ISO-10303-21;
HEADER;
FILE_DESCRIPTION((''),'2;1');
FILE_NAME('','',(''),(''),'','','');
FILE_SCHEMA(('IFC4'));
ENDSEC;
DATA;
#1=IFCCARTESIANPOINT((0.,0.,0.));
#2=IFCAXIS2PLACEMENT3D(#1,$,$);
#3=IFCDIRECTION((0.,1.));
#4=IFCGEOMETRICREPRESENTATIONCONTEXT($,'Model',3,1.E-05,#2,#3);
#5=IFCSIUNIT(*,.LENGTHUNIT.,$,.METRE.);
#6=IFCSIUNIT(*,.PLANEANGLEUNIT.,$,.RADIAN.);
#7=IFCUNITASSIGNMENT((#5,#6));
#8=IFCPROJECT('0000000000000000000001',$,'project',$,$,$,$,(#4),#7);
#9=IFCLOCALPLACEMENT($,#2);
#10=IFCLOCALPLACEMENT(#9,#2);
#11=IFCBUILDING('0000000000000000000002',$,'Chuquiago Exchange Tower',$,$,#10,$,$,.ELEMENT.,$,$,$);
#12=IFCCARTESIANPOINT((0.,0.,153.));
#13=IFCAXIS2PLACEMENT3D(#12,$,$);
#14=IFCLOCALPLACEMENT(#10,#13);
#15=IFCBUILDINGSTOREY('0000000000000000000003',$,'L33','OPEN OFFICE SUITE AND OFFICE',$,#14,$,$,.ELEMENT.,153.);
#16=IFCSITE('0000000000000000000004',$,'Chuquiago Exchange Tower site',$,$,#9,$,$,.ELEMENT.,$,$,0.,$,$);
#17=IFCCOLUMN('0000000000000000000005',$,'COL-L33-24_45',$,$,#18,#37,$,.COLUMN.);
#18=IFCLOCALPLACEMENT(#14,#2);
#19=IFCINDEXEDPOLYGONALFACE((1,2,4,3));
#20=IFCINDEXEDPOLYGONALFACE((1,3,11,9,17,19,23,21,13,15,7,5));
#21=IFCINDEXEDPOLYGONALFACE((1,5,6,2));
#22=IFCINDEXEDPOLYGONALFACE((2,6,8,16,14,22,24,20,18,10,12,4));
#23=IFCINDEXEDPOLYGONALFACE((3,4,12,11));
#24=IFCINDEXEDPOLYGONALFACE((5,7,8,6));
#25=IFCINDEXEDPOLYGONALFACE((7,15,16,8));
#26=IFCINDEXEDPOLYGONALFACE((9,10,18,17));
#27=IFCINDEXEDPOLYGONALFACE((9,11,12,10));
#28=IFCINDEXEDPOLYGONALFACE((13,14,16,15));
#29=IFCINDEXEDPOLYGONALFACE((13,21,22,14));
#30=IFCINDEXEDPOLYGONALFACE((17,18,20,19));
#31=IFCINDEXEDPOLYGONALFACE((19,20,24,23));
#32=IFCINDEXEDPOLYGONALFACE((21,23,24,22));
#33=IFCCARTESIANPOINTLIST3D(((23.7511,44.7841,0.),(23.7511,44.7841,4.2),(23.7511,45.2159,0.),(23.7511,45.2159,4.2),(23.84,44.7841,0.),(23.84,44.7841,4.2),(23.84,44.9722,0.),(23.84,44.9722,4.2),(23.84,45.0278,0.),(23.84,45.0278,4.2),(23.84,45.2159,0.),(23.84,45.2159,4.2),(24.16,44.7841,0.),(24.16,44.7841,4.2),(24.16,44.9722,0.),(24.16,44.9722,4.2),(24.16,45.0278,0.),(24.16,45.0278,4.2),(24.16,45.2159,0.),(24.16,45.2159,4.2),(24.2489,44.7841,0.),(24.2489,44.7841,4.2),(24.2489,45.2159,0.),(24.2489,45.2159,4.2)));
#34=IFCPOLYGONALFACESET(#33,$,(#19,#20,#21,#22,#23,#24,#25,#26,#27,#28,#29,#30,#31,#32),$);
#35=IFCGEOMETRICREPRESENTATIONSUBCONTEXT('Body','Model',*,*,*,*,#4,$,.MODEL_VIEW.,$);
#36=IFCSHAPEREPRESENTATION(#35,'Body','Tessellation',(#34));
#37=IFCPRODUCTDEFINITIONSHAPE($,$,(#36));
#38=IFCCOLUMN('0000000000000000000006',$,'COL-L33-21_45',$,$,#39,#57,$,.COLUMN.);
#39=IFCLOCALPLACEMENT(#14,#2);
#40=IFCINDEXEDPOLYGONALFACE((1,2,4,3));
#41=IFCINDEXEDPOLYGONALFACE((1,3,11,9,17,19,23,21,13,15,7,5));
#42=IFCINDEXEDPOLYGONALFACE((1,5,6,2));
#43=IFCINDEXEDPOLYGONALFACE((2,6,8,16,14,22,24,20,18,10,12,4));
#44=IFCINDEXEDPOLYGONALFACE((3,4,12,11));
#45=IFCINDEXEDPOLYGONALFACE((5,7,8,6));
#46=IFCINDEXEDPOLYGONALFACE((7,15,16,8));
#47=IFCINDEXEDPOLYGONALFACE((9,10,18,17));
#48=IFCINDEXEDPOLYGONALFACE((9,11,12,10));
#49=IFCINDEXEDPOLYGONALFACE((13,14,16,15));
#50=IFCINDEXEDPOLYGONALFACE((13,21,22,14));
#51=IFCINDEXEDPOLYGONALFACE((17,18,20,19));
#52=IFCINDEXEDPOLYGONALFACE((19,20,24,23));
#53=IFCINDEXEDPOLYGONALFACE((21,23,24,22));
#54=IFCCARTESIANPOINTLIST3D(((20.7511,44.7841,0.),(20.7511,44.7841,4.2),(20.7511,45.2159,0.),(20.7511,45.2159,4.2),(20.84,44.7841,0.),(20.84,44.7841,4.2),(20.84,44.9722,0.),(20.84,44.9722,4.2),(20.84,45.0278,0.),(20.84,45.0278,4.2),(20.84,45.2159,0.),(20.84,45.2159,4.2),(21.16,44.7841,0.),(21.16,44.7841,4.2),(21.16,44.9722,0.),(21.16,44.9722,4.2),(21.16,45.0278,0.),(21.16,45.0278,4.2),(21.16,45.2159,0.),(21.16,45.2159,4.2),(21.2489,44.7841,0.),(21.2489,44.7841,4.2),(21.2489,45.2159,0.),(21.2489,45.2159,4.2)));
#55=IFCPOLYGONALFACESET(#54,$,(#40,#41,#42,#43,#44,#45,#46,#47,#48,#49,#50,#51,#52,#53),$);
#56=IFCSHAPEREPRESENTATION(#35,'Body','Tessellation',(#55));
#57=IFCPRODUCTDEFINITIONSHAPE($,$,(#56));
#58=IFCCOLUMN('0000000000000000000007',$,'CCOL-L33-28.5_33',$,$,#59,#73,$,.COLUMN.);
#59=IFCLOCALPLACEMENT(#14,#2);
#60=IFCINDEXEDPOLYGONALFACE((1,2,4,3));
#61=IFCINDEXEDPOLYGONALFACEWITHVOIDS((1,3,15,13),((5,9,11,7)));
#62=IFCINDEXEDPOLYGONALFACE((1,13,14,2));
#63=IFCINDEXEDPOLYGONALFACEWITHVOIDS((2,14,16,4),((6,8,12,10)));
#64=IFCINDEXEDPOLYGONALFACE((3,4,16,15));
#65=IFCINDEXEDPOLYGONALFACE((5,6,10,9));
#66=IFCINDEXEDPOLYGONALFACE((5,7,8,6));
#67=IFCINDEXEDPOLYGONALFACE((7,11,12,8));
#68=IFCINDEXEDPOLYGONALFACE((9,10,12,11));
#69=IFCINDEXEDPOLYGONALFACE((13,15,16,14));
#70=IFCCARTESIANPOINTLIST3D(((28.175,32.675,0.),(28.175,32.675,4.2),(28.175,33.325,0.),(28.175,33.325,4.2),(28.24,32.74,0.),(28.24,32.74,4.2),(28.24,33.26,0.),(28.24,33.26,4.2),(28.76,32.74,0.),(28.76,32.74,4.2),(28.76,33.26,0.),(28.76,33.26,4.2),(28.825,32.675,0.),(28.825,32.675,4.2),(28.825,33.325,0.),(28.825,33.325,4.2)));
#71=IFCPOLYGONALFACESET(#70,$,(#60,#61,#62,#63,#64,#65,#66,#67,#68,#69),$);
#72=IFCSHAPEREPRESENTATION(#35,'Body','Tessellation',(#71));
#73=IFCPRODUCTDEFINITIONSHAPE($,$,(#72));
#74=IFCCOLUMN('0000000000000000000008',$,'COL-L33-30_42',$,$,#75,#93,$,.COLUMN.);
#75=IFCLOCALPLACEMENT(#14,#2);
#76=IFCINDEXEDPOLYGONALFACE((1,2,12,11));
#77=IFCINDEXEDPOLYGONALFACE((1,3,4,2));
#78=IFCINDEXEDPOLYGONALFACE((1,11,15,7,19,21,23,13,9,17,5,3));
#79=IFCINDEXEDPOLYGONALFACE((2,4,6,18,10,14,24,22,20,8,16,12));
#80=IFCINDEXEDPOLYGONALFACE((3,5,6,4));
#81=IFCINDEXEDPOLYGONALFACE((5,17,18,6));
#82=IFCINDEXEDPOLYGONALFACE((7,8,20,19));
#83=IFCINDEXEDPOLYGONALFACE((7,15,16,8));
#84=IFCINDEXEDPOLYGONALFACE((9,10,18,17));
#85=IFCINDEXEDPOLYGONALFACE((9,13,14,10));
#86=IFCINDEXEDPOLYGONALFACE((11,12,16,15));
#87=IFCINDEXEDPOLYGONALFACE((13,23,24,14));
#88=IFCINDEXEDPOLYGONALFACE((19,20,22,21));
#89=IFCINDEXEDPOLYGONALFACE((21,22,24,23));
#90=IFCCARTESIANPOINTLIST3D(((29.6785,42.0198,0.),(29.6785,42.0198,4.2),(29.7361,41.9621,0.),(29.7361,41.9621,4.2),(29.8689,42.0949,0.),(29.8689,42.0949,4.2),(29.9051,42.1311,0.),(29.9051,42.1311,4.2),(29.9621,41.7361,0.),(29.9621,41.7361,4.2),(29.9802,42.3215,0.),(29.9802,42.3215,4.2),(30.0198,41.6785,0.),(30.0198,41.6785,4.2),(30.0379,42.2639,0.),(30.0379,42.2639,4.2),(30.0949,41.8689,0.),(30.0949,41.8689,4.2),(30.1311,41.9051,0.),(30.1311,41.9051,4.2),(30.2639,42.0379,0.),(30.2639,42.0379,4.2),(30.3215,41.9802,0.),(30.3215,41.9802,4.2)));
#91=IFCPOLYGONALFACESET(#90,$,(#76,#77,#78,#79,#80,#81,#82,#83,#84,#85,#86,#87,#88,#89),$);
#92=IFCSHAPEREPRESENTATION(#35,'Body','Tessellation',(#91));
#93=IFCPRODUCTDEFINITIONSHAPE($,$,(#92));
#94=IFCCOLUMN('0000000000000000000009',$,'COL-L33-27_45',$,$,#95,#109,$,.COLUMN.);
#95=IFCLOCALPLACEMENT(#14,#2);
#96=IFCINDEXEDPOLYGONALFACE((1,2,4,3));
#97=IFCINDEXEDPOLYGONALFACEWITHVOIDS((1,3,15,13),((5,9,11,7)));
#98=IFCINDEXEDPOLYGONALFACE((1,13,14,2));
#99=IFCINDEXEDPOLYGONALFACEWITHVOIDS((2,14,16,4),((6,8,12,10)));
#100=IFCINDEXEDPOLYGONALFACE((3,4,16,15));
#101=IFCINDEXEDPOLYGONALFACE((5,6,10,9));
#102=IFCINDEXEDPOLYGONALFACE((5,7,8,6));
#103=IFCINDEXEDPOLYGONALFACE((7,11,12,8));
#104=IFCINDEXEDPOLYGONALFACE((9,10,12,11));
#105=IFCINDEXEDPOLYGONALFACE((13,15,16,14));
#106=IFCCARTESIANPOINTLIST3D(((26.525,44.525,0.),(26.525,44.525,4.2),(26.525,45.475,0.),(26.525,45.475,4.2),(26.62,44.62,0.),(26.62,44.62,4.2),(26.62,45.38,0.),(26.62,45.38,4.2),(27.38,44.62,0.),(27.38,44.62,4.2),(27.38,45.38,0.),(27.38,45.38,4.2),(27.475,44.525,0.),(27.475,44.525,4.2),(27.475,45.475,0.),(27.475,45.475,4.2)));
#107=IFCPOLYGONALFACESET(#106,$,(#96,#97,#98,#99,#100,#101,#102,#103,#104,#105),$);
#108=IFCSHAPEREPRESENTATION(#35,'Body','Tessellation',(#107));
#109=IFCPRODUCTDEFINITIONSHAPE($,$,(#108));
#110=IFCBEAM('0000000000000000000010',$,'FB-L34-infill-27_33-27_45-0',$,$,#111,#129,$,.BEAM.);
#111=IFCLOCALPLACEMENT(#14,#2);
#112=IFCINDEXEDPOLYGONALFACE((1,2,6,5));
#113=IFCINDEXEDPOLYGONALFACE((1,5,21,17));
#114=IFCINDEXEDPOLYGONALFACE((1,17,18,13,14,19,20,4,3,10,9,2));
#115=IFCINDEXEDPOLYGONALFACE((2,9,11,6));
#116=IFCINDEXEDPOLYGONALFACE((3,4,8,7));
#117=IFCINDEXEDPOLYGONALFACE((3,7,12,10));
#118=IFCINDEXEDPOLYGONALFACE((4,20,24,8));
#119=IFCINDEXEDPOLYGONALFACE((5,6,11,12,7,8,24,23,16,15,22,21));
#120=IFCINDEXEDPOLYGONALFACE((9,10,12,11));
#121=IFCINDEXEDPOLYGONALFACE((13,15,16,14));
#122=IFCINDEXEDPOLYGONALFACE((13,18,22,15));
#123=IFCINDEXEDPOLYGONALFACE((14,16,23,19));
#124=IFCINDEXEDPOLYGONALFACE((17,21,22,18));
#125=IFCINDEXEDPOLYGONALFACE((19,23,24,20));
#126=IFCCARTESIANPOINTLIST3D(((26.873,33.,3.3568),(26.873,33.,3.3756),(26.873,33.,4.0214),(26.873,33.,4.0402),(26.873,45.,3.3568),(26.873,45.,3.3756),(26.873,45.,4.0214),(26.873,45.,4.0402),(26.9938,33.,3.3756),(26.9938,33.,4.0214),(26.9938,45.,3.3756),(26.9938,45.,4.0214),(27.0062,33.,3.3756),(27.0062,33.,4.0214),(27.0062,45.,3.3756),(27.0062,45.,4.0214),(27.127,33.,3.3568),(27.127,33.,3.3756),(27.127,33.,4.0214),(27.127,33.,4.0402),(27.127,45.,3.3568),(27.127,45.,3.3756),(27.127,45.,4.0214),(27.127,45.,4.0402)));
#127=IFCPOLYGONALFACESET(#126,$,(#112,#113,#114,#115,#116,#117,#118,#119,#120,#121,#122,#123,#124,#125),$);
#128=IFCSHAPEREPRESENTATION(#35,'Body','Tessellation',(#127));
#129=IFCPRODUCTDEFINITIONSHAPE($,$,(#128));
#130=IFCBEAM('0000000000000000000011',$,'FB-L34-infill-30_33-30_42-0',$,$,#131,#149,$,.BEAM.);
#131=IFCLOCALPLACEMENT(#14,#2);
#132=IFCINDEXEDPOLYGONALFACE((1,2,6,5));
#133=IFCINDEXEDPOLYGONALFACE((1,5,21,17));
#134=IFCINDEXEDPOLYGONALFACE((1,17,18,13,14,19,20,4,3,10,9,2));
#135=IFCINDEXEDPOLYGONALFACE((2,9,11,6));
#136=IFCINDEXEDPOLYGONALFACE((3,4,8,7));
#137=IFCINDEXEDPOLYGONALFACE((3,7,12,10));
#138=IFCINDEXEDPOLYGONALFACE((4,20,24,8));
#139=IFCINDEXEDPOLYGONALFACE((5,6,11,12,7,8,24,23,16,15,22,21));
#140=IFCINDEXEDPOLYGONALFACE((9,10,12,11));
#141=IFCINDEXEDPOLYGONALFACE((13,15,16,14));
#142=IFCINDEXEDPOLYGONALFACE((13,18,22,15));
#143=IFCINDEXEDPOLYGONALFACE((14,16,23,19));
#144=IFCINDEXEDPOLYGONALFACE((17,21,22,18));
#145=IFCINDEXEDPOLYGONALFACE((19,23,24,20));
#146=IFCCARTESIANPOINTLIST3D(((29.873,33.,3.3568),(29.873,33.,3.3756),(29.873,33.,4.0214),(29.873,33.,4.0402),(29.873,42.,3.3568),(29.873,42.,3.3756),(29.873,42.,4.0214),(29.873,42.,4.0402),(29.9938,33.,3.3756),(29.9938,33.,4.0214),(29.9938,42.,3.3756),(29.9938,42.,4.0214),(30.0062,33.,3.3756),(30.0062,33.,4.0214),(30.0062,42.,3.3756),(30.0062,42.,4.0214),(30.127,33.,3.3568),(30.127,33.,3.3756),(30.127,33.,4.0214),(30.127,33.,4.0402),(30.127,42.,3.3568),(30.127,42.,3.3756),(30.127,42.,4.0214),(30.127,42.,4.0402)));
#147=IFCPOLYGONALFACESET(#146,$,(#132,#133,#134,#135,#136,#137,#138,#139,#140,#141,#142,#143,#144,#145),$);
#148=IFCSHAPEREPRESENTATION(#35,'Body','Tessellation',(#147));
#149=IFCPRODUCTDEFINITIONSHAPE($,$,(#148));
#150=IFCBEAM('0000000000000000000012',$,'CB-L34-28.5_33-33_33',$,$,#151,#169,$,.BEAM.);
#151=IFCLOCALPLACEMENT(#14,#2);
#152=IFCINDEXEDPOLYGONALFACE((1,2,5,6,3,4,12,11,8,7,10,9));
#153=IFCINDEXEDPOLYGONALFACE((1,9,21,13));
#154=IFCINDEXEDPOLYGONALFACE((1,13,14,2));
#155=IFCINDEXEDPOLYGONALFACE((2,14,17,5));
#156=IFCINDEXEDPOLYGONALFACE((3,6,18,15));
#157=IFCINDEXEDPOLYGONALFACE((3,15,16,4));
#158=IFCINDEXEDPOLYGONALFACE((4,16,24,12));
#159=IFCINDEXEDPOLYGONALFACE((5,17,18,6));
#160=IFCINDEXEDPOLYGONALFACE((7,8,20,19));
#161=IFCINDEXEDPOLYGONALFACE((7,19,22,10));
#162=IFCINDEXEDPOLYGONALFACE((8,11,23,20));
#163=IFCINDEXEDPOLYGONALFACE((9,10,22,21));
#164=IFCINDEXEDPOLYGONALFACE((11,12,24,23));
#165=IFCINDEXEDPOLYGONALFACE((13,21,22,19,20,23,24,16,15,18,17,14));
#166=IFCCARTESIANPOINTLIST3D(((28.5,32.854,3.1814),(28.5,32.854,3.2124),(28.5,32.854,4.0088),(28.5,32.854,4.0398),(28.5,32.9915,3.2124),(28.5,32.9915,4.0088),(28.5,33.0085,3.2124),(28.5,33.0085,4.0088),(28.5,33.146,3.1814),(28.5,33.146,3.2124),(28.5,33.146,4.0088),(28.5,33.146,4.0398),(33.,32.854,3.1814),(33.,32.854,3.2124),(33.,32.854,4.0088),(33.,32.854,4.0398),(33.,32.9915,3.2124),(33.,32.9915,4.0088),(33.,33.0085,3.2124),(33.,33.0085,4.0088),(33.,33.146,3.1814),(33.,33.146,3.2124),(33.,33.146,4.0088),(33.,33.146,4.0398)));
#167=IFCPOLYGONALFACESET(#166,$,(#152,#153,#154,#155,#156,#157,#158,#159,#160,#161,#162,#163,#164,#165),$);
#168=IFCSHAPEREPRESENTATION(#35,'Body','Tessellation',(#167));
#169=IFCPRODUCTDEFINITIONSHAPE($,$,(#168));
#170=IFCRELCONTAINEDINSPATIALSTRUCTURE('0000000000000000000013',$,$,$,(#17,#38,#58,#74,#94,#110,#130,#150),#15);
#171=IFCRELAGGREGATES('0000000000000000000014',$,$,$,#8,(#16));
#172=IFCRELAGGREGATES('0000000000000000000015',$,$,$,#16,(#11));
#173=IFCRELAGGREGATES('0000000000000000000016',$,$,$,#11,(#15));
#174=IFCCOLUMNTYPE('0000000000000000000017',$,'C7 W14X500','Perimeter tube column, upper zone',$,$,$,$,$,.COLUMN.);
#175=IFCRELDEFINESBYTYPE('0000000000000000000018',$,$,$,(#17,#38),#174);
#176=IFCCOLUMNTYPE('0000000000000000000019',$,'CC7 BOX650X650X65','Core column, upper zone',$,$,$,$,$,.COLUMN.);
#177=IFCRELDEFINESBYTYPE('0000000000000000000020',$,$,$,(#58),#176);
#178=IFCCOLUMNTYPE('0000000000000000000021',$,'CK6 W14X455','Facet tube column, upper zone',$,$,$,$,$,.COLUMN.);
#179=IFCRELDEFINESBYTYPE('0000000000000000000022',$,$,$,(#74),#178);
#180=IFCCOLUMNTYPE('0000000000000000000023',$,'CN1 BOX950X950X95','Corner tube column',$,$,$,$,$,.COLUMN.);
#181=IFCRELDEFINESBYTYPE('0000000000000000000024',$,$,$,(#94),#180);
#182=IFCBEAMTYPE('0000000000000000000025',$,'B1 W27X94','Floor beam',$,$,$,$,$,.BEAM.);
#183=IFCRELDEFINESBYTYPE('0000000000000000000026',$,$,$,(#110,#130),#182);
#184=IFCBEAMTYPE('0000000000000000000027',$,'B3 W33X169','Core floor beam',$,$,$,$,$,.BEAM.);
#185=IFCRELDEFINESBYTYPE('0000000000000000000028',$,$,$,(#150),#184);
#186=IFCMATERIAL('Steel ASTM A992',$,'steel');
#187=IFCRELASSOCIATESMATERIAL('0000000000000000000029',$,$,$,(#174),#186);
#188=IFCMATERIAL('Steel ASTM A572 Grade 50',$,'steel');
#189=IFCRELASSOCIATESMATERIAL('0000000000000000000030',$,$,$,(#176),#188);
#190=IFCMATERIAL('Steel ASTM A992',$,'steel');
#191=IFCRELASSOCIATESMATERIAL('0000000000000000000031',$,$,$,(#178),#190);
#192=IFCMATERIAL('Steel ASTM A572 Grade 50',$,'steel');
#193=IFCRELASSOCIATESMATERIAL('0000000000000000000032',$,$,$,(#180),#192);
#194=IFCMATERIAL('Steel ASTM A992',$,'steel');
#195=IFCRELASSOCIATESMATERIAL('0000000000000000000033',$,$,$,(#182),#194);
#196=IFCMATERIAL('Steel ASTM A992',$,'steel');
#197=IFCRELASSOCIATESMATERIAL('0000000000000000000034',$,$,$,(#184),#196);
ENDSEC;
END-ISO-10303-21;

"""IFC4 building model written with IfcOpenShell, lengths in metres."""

from ifc_helpers import new_model, si_unit, direction, frame, origin, origin_2d, place, context, subcontext, project, spatial, hollow_rectangle, i_section, extrude, material, material_profile, profile_set, type_object, element, save


model = new_model("IFC4")

# Units and contexts
model_context = context("Model", 3, precision=1e-05, world=origin(), true_north=direction((0.0, 1.0)))
body_context = subcontext(model_context, "Body", "Model", "MODEL_VIEW")
ifc_project = project(units=[si_unit("LENGTHUNIT", "METRE"), si_unit("PLANEANGLEUNIT", "RADIAN")], contexts=[model_context])

# Site, building, storey
site_placement = place(None, origin())
site = spatial("IfcSite", under=ifc_project, at=site_placement, Name="Chuquiago Exchange Tower site", CompositionType="ELEMENT", RefElevation=0.0)
building_placement = place(site_placement, origin())
building = spatial("IfcBuilding", under=site, at=building_placement, Name="Chuquiago Exchange Tower", CompositionType="ELEMENT")
storey_placement = place(building_placement, frame((0.0, 0.0, 153.0)))
storey = spatial("IfcBuildingStorey", under=building, at=storey_placement, Name="L33", Description="OPEN OFFICE SUITE AND OFFICE", CompositionType="ELEMENT", Elevation=153.0)

# Columns
ifc_material_1 = material(Name="Steel ASTM A992", Category="steel")
ifc_material_profile_1 = material_profile(ifc_material_1, i_section(OverallWidth=0.4319, OverallDepth=0.4978, WebThickness=0.0557, FlangeThickness=0.0889, at=origin_2d()), Name="W14X500")
ifc_profile_set_1 = profile_set([ifc_material_profile_1], Name="Steel ASTM A992")
column_type_1 = type_object("IfcColumnType", Name="C7 W14X500", Description="Perimeter tube column, upper zone", PredefinedType="COLUMN", material=ifc_profile_set_1)
for number, where, z_axis, x_axis, name in (
    (1, (24.0, 45.0, 0.0), (0.0, 0.0, 1.0), (0.0, 1.0, 0.0), "COL-L33-24_45"),
    (2, (21.0, 45.0, 0.0), (0.0, 0.0, 1.0), (0.0, 1.0, 0.0), "COL-L33-21_45"),
):
    element("IfcColumn", number, at=place(storey_placement, frame(where, z_axis=z_axis, x_axis=x_axis)), inside=storey, type_object=column_type_1, Name=name, PredefinedType="COLUMN", context=body_context, shape_type="SweptSolid", body=[
        extrude(i_section(OverallWidth=0.4319, OverallDepth=0.4978, WebThickness=0.0557, FlangeThickness=0.0889, at=origin_2d()), origin(), (0.0, 0.0, 1.0), 4.2),
    ])
ifc_material_2 = material(Name="Steel ASTM A572 Grade 50", Category="steel")
ifc_material_profile_2 = material_profile(ifc_material_2, hollow_rectangle(XDim=0.6499, YDim=0.6499, WallThickness=0.0649, at=origin_2d()), Name="BOX650X650X65")
ifc_profile_set_2 = profile_set([ifc_material_profile_2], Name="Steel ASTM A572 Grade 50")
column_type_2 = type_object("IfcColumnType", Name="CC7 BOX650X650X65", Description="Core column, upper zone", PredefinedType="COLUMN", material=ifc_profile_set_2)
column_1_placement = place(storey_placement, frame((28.5, 33.0, 0.0), z_axis=(0.0, 0.0, 1.0), x_axis=(1.0, 0.0, 0.0)))
element("IfcColumn", 3, at=column_1_placement, inside=storey, type_object=column_type_2, Name="CCOL-L33-28.5_33", PredefinedType="COLUMN", context=body_context, shape_type="SweptSolid", body=[
    extrude(hollow_rectangle(XDim=0.6499, YDim=0.6499, WallThickness=0.0649, at=origin_2d()), origin(), (0.0, 0.0, 1.0), 4.2),
])
ifc_material_3 = material(Name="Steel ASTM A992", Category="steel")
ifc_material_profile_3 = material_profile(ifc_material_3, i_section(OverallWidth=0.4268, OverallDepth=0.4827, WebThickness=0.0513, FlangeThickness=0.0815, at=origin_2d()), Name="W14X455")
ifc_profile_set_3 = profile_set([ifc_material_profile_3], Name="Steel ASTM A992")
column_type_3 = type_object("IfcColumnType", Name="CK6 W14X455", Description="Facet tube column, upper zone", PredefinedType="COLUMN", material=ifc_profile_set_3)
column_2_placement = place(storey_placement, frame((30.0, 42.0, 0.0), z_axis=(0.0, 0.0, 1.0), x_axis=(0.707107, 0.707107, 0.0)))
element("IfcColumn", 4, at=column_2_placement, inside=storey, type_object=column_type_3, Name="COL-L33-30_42", PredefinedType="COLUMN", context=body_context, shape_type="SweptSolid", body=[
    extrude(i_section(OverallWidth=0.4268, OverallDepth=0.4827, WebThickness=0.0513, FlangeThickness=0.0815, at=origin_2d()), origin(), (0.0, 0.0, 1.0), 4.2),
])
ifc_material_4 = material(Name="Steel ASTM A572 Grade 50", Category="steel")
ifc_material_profile_4 = material_profile(ifc_material_4, hollow_rectangle(XDim=0.95, YDim=0.95, WallThickness=0.095, at=origin_2d()), Name="BOX950X950X95")
ifc_profile_set_4 = profile_set([ifc_material_profile_4], Name="Steel ASTM A572 Grade 50")
column_type_4 = type_object("IfcColumnType", Name="CN1 BOX950X950X95", Description="Corner tube column", PredefinedType="COLUMN", material=ifc_profile_set_4)
column_3_placement = place(storey_placement, frame((27.0, 45.0, 0.0), z_axis=(0.0, 0.0, 1.0), x_axis=(0.0, 1.0, 0.0)))
element("IfcColumn", 5, at=column_3_placement, inside=storey, type_object=column_type_4, Name="COL-L33-27_45", PredefinedType="COLUMN", context=body_context, shape_type="SweptSolid", body=[
    extrude(hollow_rectangle(XDim=0.95, YDim=0.95, WallThickness=0.095, at=origin_2d()), origin(), (0.0, 0.0, 1.0), 4.2),
])

# Beams
ifc_material_5 = material(Name="Steel ASTM A992", Category="steel")
ifc_material_profile_5 = material_profile(ifc_material_5, i_section(OverallWidth=0.2539, OverallDepth=0.6833, WebThickness=0.0125, FlangeThickness=0.0188, at=origin_2d()), Name="W27X94")
ifc_profile_set_5 = profile_set([ifc_material_profile_5], Name="Steel ASTM A992")
beam_type_1 = type_object("IfcBeamType", Name="B1 W27X94", Description="Floor beam", PredefinedType="BEAM", material=ifc_profile_set_5)
beam_1_placement = place(storey_placement, frame((27.0, 33.0, 3.6985), z_axis=(0.0, 1.0, 0.0), x_axis=(-1.0, 0.0, 0.0)))
element("IfcBeam", 6, at=beam_1_placement, inside=storey, type_object=beam_type_1, Name="FB-L34-infill-27_33-27_45-0", PredefinedType="BEAM", context=body_context, shape_type="SweptSolid", body=[
    extrude(i_section(OverallWidth=0.2539, OverallDepth=0.6833, WebThickness=0.0125, FlangeThickness=0.0188, at=origin_2d()), origin(), (0.0, 0.0, 1.0), 12.0),
])
beam_2_placement = place(storey_placement, frame((30.0, 33.0, 3.6985), z_axis=(0.0, 1.0, 0.0), x_axis=(-1.0, 0.0, 0.0)))
element("IfcBeam", 7, at=beam_2_placement, inside=storey, type_object=beam_type_1, Name="FB-L34-infill-30_33-30_42-0", PredefinedType="BEAM", context=body_context, shape_type="SweptSolid", body=[
    extrude(i_section(OverallWidth=0.2539, OverallDepth=0.6833, WebThickness=0.0125, FlangeThickness=0.0188, at=origin_2d()), origin(), (0.0, 0.0, 1.0), 9.0),
])
ifc_material_6 = material(Name="Steel ASTM A992", Category="steel")
ifc_material_profile_6 = material_profile(ifc_material_6, i_section(OverallWidth=0.292, OverallDepth=0.8584, WebThickness=0.0171, FlangeThickness=0.031, at=origin_2d()), Name="W33X169")
ifc_profile_set_6 = profile_set([ifc_material_profile_6], Name="Steel ASTM A992")
beam_type_2 = type_object("IfcBeamType", Name="B3 W33X169", Description="Core floor beam", PredefinedType="BEAM", material=ifc_profile_set_6)
beam_3_placement = place(storey_placement, frame((28.5, 33.0, 3.6106), z_axis=(1.0, 0.0, 0.0), x_axis=(0.0, 1.0, 0.0)))
element("IfcBeam", 8, at=beam_3_placement, inside=storey, type_object=beam_type_2, Name="CB-L34-28.5_33-33_33", PredefinedType="BEAM", context=body_context, shape_type="SweptSolid", body=[
    extrude(i_section(OverallWidth=0.292, OverallDepth=0.8584, WebThickness=0.0171, FlangeThickness=0.031, at=origin_2d()), origin(), (0.0, 0.0, 1.0), 4.5),
])

save(model, "model.ifc")
